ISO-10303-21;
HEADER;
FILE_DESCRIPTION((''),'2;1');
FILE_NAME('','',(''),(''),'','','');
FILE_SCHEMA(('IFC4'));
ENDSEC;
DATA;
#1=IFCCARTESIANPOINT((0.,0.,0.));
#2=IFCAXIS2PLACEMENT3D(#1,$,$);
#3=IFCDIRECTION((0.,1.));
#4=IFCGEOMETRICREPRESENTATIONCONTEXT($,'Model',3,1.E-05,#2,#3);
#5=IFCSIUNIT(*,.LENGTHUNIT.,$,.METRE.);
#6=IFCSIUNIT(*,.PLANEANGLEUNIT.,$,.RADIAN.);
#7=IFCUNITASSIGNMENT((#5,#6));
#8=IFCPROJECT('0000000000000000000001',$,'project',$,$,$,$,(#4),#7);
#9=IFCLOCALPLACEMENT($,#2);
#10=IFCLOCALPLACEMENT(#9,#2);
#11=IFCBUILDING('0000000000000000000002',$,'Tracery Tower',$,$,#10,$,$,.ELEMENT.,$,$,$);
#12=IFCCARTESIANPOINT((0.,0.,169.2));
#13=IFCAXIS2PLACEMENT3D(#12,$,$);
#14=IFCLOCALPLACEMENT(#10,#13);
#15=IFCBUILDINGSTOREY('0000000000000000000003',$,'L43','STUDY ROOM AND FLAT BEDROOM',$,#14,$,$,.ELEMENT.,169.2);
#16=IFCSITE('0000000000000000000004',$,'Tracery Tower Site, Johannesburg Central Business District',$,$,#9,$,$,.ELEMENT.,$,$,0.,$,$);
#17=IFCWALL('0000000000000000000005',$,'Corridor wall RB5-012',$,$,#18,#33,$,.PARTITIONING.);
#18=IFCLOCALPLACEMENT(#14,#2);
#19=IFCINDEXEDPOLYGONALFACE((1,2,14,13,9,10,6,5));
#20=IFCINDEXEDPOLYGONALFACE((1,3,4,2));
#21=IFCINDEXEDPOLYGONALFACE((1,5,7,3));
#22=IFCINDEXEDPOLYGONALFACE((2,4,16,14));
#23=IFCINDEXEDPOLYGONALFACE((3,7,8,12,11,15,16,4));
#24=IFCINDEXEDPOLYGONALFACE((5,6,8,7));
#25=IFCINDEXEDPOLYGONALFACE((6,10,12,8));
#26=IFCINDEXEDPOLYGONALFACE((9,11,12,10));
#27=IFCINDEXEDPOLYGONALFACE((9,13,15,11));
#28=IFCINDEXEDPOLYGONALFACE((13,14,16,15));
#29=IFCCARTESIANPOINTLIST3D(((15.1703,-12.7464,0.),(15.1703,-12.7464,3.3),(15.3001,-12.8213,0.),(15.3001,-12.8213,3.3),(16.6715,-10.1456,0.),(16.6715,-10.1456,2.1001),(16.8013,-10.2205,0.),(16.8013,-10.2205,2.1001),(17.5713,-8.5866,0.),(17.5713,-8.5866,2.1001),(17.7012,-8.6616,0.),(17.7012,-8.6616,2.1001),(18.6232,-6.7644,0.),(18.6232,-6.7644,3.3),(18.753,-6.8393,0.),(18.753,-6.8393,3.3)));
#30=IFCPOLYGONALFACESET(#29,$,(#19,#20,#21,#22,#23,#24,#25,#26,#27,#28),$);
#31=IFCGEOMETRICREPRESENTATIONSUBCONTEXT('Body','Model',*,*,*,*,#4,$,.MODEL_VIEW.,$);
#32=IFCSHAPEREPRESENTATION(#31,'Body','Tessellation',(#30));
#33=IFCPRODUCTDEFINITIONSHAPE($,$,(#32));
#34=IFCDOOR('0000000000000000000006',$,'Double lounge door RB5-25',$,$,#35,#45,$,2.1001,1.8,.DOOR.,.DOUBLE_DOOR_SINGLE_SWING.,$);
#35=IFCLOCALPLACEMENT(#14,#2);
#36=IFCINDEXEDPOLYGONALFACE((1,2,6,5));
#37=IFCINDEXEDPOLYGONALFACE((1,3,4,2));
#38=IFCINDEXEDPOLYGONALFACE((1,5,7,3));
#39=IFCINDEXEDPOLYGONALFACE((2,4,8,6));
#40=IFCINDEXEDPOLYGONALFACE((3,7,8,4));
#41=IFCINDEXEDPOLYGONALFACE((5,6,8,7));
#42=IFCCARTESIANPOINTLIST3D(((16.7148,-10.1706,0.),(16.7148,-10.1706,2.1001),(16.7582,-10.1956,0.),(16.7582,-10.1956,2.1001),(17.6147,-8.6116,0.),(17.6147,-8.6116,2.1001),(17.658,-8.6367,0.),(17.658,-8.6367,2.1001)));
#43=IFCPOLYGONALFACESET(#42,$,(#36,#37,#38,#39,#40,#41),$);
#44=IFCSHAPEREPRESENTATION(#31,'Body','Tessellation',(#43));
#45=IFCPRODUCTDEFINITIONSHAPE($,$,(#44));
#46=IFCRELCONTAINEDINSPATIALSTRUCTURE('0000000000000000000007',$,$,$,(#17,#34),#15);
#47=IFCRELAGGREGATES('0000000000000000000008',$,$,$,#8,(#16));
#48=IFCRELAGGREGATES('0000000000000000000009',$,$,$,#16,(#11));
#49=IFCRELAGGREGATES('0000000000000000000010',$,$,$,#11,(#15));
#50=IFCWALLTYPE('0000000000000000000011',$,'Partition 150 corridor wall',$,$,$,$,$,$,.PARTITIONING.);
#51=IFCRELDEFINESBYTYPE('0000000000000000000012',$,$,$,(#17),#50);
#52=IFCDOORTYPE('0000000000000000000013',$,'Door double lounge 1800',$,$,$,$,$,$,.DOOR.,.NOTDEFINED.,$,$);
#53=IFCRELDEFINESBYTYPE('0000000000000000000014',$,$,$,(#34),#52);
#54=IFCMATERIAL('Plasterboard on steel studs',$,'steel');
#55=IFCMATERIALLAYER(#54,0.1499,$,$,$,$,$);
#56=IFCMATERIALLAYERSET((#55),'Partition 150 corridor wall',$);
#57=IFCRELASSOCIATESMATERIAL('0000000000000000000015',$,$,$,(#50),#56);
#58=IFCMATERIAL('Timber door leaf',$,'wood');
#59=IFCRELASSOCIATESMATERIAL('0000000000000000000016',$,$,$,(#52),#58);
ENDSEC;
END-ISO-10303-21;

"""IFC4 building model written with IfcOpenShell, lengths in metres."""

from ifc_helpers import new_model, si_unit, direction, frame, frame_2d, origin, place, context, subcontext, project, spatial, rectangle, extrude, material, layer, layer_set, type_object, element, fill, save


model = new_model("IFC4")

# Units and contexts
model_context = context("Model", 3, precision=1e-05, world=origin(), true_north=direction((0.0, 1.0)))
body_context = subcontext(model_context, "Body", "Model", "MODEL_VIEW")
ifc_project = project(units=[si_unit("LENGTHUNIT", "METRE"), si_unit("PLANEANGLEUNIT", "RADIAN")], contexts=[model_context])

# Site, building, storey
site_placement = place(None, origin())
site = spatial("IfcSite", under=ifc_project, at=site_placement, Name="Tracery Tower Site, Johannesburg Central Business District", CompositionType="ELEMENT", RefElevation=0.0)
building_placement = place(site_placement, origin())
building = spatial("IfcBuilding", under=site, at=building_placement, Name="Tracery Tower", CompositionType="ELEMENT")
storey_placement = place(building_placement, frame((0.0, 0.0, 169.2)))
storey = spatial("IfcBuildingStorey", under=building, at=storey_placement, Name="L43", Description="STUDY ROOM AND FLAT BEDROOM", CompositionType="ELEMENT", Elevation=169.2)

# Shared definitions
ifc_material_1 = material(Name="Plasterboard on steel studs", Category="steel")
ifc_layer_1 = layer(ifc_material_1, 0.1499)
ifc_layer_set_1 = layer_set([ifc_layer_1], Name="Partition 150 corridor wall")
wall_type_1 = type_object("IfcWallType", Name="Partition 150 corridor wall", PredefinedType="PARTITIONING", material=ifc_layer_set_1)

# Wall, opening, door
wall_1_placement = place(storey_placement, frame((15.2351, -12.7839, 0.0), z_axis=(0.0, 0.0, 1.0), x_axis=(0.499914, 0.866075, 0.0)))
wall_1 = element("IfcWall", 1, at=wall_1_placement, inside=storey, type_object=wall_type_1, Name="Corridor wall RB5-012", PredefinedType="PARTITIONING", context=body_context, shape_type="SweptSolid", body=[
    extrude(rectangle(XDim=6.907, YDim=0.1499, at=frame_2d((3.4536, 0.0))), origin(), (0.0, 0.0, 1.0), 3.3),
])
opening_1_placement = place(wall_1_placement, frame((3.0032, 0.0, 0.0)))
opening_1 = element("IfcOpeningElement", 2, at=opening_1_placement, cuts=wall_1, PredefinedType="OPENING", context=body_context, shape_type="SweptSolid", body=[
    extrude(rectangle(XDim=1.8, YDim=2.1001, at=frame_2d((0.8999, 1.05))), frame((0.0, 0.075, 0.0), z_axis=(0.0, -1.0, 0.0), x_axis=(1.0, 0.0, 0.0)), (0.0, 0.0, 1.0), 0.1499),
])
ifc_material_2 = material(Name="Timber door leaf", Category="wood")
door_type_1 = type_object("IfcDoorType", Name="Door double lounge 1800", OperationType="NOTDEFINED", PredefinedType="DOOR", material=ifc_material_2)
door_1_placement = place(opening_1_placement, origin())
door_1 = element("IfcDoor", 3, at=door_1_placement, inside=storey, type_object=door_type_1, Name="Double lounge door RB5-25", OperationType="DOUBLE_DOOR_SINGLE_SWING", OverallHeight=2.1001, OverallWidth=1.8, PredefinedType="DOOR", context=body_context, shape_type="SweptSolid", body=[
    extrude(rectangle(XDim=1.8, YDim=2.1001, at=frame_2d((0.8999, 1.05))), frame((0.0, 0.0249, 0.0), z_axis=(0.0, -1.0, 0.0), x_axis=(1.0, 0.0, 0.0)), (0.0, 0.0, 1.0), 0.05),
])
fill(opening_1, door_1)

save(model, "model.ifc")
